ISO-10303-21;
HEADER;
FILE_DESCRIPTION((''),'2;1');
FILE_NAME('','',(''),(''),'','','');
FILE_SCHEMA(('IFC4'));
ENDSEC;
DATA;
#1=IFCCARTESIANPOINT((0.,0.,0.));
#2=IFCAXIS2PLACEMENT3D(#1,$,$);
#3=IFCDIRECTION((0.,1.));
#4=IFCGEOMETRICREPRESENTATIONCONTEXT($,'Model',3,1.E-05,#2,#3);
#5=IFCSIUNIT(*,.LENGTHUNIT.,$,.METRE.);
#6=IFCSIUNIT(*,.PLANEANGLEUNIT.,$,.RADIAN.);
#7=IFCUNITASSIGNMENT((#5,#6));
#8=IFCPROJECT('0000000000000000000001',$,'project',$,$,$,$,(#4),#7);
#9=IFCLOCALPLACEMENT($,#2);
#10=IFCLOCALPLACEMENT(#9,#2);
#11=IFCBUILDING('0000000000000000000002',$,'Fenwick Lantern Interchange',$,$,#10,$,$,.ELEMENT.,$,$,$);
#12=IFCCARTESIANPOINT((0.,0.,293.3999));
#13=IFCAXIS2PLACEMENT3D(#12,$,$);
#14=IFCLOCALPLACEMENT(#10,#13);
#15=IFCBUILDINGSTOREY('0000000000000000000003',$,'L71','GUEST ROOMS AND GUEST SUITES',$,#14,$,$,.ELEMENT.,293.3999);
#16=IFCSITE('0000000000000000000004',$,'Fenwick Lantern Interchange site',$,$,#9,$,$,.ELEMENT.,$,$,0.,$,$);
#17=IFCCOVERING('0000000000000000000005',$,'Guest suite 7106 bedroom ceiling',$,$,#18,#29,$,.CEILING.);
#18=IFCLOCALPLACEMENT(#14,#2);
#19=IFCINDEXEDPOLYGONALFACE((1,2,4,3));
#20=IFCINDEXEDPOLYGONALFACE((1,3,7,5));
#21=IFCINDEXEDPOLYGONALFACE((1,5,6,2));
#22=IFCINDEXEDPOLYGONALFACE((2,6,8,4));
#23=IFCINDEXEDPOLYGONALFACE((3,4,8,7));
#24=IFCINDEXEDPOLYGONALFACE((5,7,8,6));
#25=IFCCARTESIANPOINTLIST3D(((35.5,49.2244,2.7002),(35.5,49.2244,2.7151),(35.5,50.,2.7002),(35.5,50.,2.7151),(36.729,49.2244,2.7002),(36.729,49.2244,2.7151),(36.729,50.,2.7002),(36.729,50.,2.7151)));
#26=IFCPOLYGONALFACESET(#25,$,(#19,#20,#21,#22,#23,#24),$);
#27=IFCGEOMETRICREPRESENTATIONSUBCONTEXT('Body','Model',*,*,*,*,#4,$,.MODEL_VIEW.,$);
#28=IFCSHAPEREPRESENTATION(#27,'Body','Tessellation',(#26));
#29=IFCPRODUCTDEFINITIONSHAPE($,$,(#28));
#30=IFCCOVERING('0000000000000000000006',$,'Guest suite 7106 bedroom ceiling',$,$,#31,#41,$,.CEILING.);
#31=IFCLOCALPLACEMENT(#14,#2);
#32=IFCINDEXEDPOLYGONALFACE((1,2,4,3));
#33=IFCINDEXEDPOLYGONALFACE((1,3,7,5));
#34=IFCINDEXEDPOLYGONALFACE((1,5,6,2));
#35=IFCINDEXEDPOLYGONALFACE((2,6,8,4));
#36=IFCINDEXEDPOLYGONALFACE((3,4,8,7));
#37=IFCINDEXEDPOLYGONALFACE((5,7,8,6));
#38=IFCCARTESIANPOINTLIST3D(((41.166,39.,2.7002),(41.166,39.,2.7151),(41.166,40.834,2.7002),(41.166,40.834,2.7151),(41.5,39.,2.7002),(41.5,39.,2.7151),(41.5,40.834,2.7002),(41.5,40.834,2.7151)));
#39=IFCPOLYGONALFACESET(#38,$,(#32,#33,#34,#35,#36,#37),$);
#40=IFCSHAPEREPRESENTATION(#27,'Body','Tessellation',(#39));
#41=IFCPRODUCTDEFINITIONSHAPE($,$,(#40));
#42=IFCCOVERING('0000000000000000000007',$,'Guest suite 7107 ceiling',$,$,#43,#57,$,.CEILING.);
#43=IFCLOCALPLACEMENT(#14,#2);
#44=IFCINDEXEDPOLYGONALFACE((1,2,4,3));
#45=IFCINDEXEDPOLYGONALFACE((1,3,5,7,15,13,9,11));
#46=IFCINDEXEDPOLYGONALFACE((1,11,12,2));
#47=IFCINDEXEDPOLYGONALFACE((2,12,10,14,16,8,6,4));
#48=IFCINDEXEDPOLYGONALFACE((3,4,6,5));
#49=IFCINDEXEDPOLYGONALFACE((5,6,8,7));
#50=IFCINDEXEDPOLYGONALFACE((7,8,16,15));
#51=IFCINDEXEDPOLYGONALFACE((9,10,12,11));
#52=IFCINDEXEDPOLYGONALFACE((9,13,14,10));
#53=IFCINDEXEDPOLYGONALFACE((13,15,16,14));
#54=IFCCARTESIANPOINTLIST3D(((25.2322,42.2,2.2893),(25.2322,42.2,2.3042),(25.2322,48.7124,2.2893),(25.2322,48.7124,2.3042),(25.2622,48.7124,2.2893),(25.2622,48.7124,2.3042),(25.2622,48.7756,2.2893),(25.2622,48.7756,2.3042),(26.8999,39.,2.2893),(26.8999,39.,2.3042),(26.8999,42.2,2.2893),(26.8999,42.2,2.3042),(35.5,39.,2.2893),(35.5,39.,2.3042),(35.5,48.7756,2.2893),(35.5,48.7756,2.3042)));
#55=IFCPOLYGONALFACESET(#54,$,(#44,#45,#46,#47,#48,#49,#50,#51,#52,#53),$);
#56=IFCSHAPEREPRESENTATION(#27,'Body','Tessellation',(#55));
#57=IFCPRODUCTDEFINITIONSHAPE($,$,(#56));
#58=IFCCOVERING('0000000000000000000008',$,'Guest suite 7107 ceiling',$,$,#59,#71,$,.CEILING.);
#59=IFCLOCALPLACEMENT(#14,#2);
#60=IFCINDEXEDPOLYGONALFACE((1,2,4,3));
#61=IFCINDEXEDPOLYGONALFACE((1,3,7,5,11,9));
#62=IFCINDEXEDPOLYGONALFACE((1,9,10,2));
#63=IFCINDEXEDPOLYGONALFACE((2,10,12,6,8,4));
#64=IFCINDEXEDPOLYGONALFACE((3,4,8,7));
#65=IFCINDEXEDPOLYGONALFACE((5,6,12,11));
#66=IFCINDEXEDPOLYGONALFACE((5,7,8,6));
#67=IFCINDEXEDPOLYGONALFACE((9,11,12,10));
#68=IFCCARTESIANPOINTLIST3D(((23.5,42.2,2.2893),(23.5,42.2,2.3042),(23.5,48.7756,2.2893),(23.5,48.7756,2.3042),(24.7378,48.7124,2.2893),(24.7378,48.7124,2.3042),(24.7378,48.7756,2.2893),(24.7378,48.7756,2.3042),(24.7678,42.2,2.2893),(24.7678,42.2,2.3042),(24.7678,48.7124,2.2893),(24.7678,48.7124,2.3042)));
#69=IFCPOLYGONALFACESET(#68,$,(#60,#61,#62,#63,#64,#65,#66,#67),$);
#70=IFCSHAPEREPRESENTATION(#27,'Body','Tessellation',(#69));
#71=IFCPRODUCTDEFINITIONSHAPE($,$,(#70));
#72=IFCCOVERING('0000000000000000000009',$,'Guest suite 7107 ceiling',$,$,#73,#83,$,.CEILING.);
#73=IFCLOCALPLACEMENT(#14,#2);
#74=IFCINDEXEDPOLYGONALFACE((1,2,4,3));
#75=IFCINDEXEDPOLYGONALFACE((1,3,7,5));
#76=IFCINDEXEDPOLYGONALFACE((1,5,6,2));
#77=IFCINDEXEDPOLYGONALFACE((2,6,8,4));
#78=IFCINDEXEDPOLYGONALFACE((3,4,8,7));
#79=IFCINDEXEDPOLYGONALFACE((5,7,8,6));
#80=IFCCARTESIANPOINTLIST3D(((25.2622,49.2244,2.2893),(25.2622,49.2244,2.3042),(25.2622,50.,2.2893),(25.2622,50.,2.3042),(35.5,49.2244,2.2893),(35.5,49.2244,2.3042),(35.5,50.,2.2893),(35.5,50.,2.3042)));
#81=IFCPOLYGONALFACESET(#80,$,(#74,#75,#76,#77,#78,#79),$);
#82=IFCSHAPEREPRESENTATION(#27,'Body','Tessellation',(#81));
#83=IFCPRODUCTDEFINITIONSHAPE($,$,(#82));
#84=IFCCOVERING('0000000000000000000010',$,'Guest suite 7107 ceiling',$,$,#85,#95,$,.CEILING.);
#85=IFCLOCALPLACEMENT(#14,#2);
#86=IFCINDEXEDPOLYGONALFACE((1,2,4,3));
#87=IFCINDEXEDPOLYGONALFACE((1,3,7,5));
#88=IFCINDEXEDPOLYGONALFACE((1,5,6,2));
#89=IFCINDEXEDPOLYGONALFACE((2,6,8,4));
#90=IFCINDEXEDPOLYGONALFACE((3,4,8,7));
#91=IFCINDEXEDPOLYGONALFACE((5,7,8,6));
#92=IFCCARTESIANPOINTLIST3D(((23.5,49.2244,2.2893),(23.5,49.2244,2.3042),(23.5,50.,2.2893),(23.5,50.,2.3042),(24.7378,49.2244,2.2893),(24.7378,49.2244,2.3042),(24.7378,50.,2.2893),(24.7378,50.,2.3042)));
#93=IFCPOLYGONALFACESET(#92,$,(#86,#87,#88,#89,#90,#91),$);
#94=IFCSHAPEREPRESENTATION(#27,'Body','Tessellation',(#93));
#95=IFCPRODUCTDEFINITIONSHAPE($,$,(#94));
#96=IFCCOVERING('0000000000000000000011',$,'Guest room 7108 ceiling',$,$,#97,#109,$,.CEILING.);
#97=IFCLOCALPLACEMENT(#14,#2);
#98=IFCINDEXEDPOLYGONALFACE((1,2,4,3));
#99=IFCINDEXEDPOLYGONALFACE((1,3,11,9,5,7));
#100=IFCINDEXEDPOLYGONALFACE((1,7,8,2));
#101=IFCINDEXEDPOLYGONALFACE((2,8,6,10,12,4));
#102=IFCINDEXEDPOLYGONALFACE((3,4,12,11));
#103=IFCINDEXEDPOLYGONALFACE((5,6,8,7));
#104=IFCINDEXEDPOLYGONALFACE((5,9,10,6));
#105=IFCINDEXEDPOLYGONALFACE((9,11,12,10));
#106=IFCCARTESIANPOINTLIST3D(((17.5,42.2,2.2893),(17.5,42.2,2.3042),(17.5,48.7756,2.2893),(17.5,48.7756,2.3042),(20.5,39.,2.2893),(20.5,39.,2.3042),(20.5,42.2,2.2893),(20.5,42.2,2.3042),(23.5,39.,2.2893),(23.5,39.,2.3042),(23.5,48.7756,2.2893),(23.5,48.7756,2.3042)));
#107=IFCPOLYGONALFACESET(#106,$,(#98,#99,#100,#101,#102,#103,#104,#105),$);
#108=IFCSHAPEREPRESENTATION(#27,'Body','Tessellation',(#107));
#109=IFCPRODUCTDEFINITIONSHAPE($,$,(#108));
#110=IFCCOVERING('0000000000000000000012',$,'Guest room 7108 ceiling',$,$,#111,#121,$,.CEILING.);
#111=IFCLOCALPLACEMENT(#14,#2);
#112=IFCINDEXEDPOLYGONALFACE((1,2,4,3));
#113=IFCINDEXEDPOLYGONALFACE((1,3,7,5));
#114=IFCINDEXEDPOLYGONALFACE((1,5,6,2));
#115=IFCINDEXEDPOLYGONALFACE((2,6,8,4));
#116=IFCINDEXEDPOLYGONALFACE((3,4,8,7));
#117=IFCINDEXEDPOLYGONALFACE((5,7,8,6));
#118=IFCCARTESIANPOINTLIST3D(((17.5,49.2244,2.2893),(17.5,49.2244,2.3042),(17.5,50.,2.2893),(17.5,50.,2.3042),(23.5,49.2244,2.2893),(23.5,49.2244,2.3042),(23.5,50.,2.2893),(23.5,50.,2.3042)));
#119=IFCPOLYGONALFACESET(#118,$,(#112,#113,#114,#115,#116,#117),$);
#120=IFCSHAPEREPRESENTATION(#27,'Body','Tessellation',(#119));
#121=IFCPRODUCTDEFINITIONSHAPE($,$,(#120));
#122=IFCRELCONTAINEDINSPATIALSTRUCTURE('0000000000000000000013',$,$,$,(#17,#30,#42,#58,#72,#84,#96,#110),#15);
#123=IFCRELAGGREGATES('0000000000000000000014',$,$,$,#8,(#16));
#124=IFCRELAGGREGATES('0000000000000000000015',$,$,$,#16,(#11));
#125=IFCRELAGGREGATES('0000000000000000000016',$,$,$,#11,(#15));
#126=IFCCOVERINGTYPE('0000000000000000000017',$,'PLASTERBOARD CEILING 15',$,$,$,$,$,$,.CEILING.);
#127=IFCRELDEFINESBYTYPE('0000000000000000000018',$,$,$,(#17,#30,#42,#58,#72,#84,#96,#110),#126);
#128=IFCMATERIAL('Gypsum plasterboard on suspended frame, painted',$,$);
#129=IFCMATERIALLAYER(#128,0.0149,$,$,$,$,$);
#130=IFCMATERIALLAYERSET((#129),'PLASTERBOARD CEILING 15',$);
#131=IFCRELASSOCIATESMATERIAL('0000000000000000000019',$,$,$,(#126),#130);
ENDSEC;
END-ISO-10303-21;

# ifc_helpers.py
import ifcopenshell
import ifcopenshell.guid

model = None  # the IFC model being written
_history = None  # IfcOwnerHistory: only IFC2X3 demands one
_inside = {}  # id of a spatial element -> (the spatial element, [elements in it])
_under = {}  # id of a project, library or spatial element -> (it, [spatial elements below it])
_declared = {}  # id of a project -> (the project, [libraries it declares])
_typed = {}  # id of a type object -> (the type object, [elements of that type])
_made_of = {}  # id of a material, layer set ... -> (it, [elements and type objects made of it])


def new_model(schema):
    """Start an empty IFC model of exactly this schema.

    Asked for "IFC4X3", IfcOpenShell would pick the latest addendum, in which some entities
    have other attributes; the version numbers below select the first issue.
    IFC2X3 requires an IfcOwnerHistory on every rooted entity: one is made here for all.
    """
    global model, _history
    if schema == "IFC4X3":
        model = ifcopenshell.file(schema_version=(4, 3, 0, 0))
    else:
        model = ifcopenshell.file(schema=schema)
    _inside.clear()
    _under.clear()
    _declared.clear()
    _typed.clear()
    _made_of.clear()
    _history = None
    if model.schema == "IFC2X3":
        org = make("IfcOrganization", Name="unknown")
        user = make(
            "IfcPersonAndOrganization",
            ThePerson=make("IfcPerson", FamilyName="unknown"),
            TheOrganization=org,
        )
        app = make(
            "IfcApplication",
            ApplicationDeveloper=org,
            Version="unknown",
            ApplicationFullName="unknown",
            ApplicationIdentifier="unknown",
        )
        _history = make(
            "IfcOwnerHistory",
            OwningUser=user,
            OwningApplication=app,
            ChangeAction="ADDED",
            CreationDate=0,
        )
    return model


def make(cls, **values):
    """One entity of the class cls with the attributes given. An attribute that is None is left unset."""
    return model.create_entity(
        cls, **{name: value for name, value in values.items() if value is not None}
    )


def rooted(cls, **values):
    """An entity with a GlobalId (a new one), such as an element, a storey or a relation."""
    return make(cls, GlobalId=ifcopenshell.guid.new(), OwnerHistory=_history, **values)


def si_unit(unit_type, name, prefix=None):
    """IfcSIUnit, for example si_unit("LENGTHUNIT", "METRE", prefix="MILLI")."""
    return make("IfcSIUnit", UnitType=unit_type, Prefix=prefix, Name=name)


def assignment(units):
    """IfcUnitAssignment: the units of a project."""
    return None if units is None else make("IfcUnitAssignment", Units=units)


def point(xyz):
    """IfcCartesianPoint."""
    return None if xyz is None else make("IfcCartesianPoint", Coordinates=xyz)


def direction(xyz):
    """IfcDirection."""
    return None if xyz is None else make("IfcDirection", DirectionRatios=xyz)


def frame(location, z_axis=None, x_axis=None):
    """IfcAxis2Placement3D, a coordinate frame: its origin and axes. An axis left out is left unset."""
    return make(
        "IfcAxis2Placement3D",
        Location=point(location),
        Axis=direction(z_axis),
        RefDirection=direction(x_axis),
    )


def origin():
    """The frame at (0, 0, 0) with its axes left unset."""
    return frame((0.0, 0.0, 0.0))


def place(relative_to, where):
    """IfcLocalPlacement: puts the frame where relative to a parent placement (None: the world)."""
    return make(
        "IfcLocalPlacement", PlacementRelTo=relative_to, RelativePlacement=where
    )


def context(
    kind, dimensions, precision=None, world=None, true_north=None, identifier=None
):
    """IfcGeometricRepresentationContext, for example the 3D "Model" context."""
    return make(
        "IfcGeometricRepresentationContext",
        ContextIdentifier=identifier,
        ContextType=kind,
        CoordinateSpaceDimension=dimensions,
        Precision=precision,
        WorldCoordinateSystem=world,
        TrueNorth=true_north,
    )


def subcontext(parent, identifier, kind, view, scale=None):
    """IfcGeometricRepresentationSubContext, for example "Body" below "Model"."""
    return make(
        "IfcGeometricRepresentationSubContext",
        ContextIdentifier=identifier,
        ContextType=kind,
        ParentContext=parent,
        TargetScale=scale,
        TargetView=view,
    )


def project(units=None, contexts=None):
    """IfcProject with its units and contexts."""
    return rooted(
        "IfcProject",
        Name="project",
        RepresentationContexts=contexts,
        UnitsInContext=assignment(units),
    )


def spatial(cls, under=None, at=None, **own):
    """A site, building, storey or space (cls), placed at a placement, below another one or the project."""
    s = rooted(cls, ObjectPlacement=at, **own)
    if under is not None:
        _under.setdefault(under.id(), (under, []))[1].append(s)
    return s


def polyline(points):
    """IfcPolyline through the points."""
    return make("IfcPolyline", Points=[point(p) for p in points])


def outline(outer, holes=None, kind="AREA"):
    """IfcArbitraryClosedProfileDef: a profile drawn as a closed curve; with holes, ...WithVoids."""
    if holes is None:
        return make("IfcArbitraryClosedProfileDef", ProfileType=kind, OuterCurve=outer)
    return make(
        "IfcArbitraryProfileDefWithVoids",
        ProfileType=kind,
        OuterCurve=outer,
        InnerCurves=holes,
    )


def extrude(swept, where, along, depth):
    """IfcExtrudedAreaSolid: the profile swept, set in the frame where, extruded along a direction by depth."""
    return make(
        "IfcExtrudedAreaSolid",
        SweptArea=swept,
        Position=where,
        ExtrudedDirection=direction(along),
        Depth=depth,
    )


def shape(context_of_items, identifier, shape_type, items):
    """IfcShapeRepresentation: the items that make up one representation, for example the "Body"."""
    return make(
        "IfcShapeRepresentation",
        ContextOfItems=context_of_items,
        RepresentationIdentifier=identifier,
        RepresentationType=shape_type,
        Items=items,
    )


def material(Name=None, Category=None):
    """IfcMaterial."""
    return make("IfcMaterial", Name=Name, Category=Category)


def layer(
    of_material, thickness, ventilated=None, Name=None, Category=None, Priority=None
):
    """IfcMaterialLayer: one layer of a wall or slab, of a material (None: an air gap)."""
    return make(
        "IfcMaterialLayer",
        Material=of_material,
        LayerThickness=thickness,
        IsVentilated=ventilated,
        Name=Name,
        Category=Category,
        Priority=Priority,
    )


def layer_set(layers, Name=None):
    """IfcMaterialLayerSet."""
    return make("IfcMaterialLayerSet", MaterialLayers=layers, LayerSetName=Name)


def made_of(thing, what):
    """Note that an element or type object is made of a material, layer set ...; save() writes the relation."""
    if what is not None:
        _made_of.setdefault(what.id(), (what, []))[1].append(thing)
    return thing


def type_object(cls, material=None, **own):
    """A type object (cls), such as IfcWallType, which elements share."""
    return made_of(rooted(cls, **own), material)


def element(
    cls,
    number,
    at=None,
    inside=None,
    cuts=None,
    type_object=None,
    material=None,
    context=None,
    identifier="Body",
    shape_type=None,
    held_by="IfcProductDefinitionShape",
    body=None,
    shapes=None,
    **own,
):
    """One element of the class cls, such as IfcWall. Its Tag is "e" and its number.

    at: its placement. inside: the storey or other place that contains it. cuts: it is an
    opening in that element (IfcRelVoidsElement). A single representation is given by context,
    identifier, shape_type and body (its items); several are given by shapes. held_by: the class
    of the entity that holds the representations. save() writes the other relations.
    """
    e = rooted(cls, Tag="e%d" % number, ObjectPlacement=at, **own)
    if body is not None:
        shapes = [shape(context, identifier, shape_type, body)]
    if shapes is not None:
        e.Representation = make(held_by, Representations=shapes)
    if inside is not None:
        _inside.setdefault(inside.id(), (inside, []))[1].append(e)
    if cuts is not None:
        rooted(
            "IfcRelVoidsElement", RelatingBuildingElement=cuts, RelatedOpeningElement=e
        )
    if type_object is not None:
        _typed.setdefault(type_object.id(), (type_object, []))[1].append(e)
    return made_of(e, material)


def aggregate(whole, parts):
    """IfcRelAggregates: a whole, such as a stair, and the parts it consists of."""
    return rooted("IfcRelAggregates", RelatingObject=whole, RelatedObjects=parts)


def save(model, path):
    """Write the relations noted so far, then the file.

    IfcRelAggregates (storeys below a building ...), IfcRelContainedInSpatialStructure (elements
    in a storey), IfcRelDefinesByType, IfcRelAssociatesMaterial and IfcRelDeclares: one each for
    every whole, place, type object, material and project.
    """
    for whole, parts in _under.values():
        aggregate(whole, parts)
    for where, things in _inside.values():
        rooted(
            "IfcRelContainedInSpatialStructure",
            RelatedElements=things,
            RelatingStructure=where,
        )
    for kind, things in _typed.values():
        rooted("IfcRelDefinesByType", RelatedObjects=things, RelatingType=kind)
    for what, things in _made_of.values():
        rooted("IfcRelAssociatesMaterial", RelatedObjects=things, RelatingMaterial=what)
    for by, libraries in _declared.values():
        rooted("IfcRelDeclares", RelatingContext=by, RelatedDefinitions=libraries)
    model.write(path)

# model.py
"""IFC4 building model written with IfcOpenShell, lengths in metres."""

from ifc_helpers import new_model, si_unit, direction, frame, origin, place, context, subcontext, project, spatial, polyline, outline, extrude, material, layer, layer_set, type_object, element, save


model = new_model("IFC4")

# Units and contexts
model_context = context("Model", 3, precision=1e-05, world=origin(), true_north=direction((0.0, 1.0)))
body_context = subcontext(model_context, "Body", "Model", "MODEL_VIEW")
ifc_project = project(units=[si_unit("LENGTHUNIT", "METRE"), si_unit("PLANEANGLEUNIT", "RADIAN")], contexts=[model_context])

# Site, building, storey
site_placement = place(None, origin())
site = spatial("IfcSite", under=ifc_project, at=site_placement, Name="Fenwick Lantern Interchange site", CompositionType="ELEMENT", RefElevation=0.0)
building_placement = place(site_placement, origin())
building = spatial("IfcBuilding", under=site, at=building_placement, Name="Fenwick Lantern Interchange", CompositionType="ELEMENT")
storey_placement = place(building_placement, frame((0.0, 0.0, 293.3999)))
storey = spatial("IfcBuildingStorey", under=building, at=storey_placement, Name="L71", Description="GUEST ROOMS AND GUEST SUITES", CompositionType="ELEMENT", Elevation=293.3999)

# Coverings
ifc_material_1 = material(Name="Gypsum plasterboard on suspended frame, painted")
ifc_layer_1 = layer(ifc_material_1, 0.0149)
ifc_layer_set_1 = layer_set([ifc_layer_1], Name="PLASTERBOARD CEILING 15")
covering_type_1 = type_object("IfcCoveringType", Name="PLASTERBOARD CEILING 15", PredefinedType="CEILING", material=ifc_layer_set_1)
covering_1_placement = place(storey_placement, frame((0.0, 0.0, 2.7002)))
element("IfcCovering", 1, at=covering_1_placement, inside=storey, type_object=covering_type_1, Name="Guest suite 7106 bedroom ceiling", PredefinedType="CEILING", context=body_context, shape_type="SweptSolid", body=[
    extrude(outline(polyline([(36.729, 50.0), (35.5, 50.0), (35.5, 49.2244), (36.729, 49.2244), (36.729, 50.0)])), origin(), (0.0, 0.0, 1.0), 0.0149),
])
covering_2_placement = place(storey_placement, frame((0.0, 0.0, 2.7002)))
element("IfcCovering", 2, at=covering_2_placement, inside=storey, type_object=covering_type_1, Name="Guest suite 7106 bedroom ceiling", PredefinedType="CEILING", context=body_context, shape_type="SweptSolid", body=[
    extrude(outline(polyline([(41.5, 39.0), (41.5, 40.834), (41.166, 40.834), (41.166, 39.0), (41.5, 39.0)])), origin(), (0.0, 0.0, 1.0), 0.0149),
])
covering_3_placement = place(storey_placement, frame((0.0, 0.0, 2.2893)))
element("IfcCovering", 3, at=covering_3_placement, inside=storey, type_object=covering_type_1, Name="Guest suite 7107 ceiling", PredefinedType="CEILING", context=body_context, shape_type="SweptSolid", body=[
    extrude(outline(polyline([(25.2622, 48.7124), (25.2322, 48.7124), (25.2322, 42.2), (26.8999, 42.2), (26.8999, 39.0), (35.5, 39.0), (35.5, 48.7756), (25.2622, 48.7756), (25.2622, 48.7124)])), origin(), (0.0, 0.0, 1.0), 0.0149),
])
covering_4_placement = place(storey_placement, frame((0.0, 0.0, 2.2893)))
element("IfcCovering", 4, at=covering_4_placement, inside=storey, type_object=covering_type_1, Name="Guest suite 7107 ceiling", PredefinedType="CEILING", context=body_context, shape_type="SweptSolid", body=[
    extrude(outline(polyline([(24.7378, 48.7124), (24.7378, 48.7756), (23.5, 48.7756), (23.5, 42.2), (24.7678, 42.2), (24.7678, 48.7124), (24.7378, 48.7124)])), origin(), (0.0, 0.0, 1.0), 0.0149),
])
covering_5_placement = place(storey_placement, frame((0.0, 0.0, 2.2893)))
element("IfcCovering", 5, at=covering_5_placement, inside=storey, type_object=covering_type_1, Name="Guest suite 7107 ceiling", PredefinedType="CEILING", context=body_context, shape_type="SweptSolid", body=[
    extrude(outline(polyline([(25.2622, 50.0), (25.2622, 49.2244), (35.5, 49.2244), (35.5, 50.0), (25.2622, 50.0)])), origin(), (0.0, 0.0, 1.0), 0.0149),
])
covering_6_placement = place(storey_placement, frame((0.0, 0.0, 2.2893)))
element("IfcCovering", 6, at=covering_6_placement, inside=storey, type_object=covering_type_1, Name="Guest suite 7107 ceiling", PredefinedType="CEILING", context=body_context, shape_type="SweptSolid", body=[
    extrude(outline(polyline([(24.7378, 49.2244), (24.7378, 50.0), (23.5, 50.0), (23.5, 49.2244), (24.7378, 49.2244)])), origin(), (0.0, 0.0, 1.0), 0.0149),
])
covering_7_placement = place(storey_placement, frame((0.0, 0.0, 2.2893)))
element("IfcCovering", 7, at=covering_7_placement, inside=storey, type_object=covering_type_1, Name="Guest room 7108 ceiling", PredefinedType="CEILING", context=body_context, shape_type="SweptSolid", body=[
    extrude(outline(polyline([(23.5, 39.0), (23.5, 48.7756), (17.5, 48.7756), (17.5, 42.2), (20.5, 42.2), (20.5, 39.0), (23.5, 39.0)])), origin(), (0.0, 0.0, 1.0), 0.0149),
])
covering_8_placement = place(storey_placement, frame((0.0, 0.0, 2.2893)))
element("IfcCovering", 8, at=covering_8_placement, inside=storey, type_object=covering_type_1, Name="Guest room 7108 ceiling", PredefinedType="CEILING", context=body_context, shape_type="SweptSolid", body=[
    extrude(outline(polyline([(23.5, 50.0), (17.5, 50.0), (17.5, 49.2244), (23.5, 49.2244), (23.5, 50.0)])), origin(), (0.0, 0.0, 1.0), 0.0149),
])

save(model, "model.ifc")
